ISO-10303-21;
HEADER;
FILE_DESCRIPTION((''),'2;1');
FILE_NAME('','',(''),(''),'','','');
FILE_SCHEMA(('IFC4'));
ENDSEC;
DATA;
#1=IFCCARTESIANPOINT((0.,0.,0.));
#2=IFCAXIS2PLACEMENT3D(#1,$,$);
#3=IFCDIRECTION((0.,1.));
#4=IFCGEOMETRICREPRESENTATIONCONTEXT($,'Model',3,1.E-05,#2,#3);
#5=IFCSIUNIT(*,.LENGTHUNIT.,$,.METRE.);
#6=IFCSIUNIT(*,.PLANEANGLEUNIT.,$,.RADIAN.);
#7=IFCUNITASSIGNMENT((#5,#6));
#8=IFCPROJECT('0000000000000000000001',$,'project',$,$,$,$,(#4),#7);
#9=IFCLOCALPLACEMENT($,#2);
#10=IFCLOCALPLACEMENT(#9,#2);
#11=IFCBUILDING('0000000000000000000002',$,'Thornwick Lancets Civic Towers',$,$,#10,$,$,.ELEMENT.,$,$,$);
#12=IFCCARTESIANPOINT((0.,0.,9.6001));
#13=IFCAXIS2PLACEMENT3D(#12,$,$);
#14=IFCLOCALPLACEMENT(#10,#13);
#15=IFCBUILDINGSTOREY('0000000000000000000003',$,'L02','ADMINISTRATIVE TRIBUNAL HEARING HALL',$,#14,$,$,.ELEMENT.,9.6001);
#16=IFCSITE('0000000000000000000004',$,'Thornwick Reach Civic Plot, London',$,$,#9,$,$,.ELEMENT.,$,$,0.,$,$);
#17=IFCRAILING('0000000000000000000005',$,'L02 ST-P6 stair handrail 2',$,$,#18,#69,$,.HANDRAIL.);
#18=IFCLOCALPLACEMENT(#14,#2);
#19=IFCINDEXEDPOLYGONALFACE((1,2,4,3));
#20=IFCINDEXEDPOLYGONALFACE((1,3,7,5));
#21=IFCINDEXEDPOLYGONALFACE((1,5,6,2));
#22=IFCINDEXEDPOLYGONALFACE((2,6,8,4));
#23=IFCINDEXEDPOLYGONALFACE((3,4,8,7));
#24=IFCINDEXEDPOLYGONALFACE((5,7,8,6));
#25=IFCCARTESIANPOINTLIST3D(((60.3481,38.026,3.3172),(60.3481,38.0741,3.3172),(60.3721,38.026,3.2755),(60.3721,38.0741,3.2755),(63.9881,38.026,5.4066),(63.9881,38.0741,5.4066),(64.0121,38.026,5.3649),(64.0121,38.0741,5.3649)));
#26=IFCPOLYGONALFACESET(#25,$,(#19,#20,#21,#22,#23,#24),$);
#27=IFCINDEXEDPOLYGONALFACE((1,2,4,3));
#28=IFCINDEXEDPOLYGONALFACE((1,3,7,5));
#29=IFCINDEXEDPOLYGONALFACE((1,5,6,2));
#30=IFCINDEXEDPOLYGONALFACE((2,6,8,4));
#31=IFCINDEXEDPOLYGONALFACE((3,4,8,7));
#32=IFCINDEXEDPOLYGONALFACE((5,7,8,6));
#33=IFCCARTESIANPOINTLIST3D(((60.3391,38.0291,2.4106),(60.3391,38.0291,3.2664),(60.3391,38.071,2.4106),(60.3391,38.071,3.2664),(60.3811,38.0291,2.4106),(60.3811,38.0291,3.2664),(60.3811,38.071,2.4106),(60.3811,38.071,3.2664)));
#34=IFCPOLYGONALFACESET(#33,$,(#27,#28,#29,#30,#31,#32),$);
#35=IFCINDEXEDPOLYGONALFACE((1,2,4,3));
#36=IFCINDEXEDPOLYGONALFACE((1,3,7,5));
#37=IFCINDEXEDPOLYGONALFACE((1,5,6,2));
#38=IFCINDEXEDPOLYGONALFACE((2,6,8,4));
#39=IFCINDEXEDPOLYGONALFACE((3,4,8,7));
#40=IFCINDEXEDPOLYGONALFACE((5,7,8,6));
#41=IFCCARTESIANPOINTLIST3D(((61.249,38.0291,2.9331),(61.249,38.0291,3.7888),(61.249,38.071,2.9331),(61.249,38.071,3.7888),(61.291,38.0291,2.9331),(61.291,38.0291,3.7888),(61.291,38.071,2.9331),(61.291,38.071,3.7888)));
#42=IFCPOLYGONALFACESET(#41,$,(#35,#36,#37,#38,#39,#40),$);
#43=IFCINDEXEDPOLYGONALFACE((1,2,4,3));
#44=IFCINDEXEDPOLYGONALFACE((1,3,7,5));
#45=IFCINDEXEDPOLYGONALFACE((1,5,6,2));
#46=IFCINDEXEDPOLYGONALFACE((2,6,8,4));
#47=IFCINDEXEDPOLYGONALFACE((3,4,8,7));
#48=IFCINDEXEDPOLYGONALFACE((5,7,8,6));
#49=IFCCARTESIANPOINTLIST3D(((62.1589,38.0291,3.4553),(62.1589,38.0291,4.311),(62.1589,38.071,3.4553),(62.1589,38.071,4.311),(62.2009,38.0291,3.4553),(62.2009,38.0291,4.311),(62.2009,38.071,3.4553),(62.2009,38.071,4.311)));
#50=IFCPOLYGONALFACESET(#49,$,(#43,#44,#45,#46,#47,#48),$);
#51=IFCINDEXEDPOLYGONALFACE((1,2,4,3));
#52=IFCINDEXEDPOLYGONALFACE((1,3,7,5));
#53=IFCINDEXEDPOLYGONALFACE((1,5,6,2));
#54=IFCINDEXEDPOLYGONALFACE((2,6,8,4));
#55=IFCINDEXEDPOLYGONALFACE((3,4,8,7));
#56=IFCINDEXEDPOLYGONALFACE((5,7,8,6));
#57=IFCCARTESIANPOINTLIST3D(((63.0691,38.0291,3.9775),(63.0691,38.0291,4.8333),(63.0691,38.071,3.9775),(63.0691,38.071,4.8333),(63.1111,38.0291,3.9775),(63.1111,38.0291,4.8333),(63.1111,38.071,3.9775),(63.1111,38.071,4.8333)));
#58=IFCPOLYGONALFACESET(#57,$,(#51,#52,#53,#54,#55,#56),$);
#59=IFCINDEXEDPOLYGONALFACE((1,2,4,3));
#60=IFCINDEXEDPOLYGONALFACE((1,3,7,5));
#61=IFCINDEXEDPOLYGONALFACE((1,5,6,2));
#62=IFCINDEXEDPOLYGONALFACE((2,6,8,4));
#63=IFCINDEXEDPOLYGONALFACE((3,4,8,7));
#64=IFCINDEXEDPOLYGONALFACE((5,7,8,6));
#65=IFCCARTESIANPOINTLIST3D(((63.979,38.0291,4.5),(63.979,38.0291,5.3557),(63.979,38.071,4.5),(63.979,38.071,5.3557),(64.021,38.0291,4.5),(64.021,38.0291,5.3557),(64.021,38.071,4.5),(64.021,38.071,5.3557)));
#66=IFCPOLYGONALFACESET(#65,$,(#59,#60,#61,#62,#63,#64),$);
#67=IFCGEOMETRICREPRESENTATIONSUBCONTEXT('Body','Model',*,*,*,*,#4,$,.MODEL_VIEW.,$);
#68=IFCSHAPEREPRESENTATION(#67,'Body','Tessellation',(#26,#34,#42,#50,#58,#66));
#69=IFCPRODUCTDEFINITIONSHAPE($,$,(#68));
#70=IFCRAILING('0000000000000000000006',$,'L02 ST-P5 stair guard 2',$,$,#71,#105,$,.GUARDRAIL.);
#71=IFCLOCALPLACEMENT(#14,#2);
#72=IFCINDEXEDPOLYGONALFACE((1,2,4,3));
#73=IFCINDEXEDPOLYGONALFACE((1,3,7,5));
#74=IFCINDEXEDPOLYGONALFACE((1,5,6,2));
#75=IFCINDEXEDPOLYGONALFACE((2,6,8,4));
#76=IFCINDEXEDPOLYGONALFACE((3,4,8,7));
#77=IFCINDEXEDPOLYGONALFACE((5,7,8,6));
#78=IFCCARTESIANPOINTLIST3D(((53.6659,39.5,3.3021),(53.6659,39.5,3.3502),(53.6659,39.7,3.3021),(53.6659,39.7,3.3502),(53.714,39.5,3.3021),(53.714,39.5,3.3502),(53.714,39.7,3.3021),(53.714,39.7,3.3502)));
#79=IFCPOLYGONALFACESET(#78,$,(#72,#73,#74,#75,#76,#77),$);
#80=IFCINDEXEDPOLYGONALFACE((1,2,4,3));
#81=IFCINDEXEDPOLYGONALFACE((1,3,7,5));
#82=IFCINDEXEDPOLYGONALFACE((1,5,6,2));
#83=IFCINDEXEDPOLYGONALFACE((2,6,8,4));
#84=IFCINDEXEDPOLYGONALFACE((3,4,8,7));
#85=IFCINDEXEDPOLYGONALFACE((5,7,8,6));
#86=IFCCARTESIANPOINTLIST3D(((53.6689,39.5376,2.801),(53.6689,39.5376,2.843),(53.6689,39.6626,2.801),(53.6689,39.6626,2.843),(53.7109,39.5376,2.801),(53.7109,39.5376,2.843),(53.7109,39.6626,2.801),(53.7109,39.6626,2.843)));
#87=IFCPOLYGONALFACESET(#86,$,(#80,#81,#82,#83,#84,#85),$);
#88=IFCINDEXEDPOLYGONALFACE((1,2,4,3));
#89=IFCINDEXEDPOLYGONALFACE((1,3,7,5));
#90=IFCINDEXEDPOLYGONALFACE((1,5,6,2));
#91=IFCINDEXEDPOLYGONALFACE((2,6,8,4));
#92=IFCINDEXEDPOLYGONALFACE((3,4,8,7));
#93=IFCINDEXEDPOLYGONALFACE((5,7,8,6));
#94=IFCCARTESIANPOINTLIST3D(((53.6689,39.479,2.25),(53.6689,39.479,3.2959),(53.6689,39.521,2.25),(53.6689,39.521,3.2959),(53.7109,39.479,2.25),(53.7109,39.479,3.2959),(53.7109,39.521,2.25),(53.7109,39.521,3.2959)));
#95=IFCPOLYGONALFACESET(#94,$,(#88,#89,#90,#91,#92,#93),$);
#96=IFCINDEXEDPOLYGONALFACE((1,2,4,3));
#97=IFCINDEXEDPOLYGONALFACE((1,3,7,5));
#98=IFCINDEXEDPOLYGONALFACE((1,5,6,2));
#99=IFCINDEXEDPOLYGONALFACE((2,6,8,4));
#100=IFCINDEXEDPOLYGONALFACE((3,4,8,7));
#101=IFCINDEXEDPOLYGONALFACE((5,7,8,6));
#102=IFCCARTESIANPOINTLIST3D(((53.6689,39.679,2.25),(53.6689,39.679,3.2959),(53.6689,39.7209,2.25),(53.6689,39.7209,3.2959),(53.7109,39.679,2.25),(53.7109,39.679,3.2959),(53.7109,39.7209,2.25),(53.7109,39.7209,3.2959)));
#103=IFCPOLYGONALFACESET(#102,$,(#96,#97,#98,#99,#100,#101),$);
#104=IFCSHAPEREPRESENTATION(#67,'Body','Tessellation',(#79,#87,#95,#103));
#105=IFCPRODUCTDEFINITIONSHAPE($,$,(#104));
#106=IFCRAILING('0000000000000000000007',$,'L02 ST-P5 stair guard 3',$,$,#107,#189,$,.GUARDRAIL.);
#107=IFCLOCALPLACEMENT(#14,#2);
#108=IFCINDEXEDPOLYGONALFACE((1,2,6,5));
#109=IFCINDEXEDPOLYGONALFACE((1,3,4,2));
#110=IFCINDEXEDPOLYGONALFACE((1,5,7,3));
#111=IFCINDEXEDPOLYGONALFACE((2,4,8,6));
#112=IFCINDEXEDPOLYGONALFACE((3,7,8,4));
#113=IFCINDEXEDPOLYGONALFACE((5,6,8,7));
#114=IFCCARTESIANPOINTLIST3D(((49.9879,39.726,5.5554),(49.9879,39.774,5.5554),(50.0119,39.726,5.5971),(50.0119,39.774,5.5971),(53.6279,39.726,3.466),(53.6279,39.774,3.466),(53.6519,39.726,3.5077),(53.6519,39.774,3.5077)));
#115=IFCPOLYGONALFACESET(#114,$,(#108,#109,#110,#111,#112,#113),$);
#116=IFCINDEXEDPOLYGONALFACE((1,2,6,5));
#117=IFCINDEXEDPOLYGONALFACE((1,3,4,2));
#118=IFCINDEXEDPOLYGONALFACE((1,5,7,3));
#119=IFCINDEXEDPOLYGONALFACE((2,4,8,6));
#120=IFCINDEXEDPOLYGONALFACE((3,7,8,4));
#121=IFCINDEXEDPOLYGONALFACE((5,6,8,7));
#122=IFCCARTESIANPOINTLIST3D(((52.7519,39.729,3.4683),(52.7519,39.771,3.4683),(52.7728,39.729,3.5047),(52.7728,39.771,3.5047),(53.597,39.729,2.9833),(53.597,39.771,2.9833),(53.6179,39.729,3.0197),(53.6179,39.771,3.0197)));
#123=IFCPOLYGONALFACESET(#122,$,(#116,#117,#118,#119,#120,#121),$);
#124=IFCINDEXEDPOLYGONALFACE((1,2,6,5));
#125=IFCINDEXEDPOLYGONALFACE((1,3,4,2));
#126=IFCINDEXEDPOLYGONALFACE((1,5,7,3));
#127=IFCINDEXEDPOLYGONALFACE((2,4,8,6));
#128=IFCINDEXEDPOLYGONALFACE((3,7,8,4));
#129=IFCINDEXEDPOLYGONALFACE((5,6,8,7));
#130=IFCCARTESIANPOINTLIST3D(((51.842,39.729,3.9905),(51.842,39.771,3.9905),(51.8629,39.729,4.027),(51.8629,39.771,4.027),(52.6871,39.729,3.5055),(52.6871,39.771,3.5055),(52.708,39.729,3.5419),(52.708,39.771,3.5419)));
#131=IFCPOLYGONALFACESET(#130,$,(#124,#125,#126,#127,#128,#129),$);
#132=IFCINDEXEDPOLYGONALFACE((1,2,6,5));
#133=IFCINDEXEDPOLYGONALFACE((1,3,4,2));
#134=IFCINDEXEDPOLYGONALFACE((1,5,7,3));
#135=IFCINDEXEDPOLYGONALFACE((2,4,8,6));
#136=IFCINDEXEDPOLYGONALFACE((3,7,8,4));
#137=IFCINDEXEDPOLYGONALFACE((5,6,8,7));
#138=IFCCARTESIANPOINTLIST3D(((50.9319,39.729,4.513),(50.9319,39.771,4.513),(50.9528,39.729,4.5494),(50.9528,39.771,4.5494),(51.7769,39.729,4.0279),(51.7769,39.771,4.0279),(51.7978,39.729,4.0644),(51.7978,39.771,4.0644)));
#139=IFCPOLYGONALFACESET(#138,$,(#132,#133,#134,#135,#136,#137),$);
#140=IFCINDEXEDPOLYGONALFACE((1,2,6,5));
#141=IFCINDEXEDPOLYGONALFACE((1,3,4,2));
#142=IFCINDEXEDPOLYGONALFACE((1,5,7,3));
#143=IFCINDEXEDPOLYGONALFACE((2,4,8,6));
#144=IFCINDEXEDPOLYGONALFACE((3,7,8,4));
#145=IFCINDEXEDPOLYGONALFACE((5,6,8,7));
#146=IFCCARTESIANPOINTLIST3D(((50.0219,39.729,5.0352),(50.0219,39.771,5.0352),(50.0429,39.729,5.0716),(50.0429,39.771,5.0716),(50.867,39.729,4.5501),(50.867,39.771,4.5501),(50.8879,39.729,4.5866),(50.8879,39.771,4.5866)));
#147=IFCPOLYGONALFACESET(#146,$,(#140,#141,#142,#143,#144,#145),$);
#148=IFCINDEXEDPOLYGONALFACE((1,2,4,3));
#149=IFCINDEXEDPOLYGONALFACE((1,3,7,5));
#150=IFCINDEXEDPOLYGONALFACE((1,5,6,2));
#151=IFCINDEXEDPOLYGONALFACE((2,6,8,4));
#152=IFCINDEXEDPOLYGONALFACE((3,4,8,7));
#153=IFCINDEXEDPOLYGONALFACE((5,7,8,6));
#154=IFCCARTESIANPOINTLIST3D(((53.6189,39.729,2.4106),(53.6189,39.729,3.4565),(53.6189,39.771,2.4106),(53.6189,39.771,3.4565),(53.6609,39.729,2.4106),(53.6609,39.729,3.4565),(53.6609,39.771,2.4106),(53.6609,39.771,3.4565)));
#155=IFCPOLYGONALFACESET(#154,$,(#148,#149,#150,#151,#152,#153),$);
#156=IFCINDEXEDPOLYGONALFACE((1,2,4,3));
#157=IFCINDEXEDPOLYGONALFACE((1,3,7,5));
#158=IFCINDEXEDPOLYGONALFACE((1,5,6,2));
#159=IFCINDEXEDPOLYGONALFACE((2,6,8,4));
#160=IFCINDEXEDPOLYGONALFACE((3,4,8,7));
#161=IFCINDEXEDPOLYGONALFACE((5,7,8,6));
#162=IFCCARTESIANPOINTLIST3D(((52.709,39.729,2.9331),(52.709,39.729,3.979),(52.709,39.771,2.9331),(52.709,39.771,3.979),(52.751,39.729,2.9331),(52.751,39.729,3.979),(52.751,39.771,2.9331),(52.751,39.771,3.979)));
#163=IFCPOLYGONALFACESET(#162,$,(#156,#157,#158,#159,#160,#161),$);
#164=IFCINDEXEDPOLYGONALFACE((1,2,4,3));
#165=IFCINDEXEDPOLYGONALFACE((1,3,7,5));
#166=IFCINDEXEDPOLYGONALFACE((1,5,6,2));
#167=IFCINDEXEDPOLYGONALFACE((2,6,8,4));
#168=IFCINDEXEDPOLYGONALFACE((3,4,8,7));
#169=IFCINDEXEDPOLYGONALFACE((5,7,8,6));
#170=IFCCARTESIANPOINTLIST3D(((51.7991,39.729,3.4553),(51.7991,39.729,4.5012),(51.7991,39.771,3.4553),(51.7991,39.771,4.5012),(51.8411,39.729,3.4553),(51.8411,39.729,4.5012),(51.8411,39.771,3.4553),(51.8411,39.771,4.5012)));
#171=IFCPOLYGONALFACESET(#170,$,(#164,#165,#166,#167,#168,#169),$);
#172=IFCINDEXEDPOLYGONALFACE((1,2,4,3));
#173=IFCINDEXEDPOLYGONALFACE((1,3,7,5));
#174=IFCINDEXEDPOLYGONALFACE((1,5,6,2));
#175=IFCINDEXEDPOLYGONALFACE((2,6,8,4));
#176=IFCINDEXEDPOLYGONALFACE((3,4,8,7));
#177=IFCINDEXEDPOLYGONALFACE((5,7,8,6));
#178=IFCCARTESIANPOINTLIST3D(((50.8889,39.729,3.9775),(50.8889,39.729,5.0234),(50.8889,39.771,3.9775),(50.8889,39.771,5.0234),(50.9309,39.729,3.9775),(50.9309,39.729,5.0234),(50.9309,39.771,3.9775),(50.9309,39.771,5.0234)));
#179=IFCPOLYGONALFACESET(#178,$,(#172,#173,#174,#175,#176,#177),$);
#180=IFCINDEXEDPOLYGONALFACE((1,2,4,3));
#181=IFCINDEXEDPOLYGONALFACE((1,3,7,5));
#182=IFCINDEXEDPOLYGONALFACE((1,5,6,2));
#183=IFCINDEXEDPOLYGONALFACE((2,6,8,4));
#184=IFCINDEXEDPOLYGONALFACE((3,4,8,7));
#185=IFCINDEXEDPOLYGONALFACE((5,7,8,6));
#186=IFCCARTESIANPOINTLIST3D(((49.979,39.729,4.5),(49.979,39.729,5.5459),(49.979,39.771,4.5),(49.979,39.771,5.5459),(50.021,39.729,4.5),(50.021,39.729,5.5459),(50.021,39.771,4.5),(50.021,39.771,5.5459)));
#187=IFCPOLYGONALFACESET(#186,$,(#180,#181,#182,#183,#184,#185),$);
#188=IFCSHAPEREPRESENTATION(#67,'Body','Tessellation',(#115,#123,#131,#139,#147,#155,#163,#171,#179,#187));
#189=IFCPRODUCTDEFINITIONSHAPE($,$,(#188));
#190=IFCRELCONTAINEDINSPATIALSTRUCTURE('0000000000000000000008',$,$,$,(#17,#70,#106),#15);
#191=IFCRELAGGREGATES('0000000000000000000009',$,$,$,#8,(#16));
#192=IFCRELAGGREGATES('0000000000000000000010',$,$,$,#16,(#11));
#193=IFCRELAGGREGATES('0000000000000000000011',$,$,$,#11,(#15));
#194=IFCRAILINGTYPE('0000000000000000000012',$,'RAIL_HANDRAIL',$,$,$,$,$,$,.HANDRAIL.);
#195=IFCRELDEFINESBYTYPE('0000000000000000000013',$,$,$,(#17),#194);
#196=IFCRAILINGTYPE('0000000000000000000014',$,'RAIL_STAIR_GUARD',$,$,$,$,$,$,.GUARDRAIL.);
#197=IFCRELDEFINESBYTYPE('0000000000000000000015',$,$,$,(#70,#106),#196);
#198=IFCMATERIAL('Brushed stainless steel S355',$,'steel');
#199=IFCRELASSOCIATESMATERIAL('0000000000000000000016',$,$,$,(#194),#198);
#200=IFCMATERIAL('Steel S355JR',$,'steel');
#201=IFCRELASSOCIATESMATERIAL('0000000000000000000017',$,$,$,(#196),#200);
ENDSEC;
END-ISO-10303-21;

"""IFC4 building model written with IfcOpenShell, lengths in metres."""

from ifc_helpers import new_model, si_unit, direction, frame, origin, origin_2d, place, context, subcontext, project, spatial, rectangle, extrude, material, type_object, element, save


model = new_model("IFC4")

# Units and contexts
model_context = context("Model", 3, precision=1e-05, world=origin(), true_north=direction((0.0, 1.0)))
body_context = subcontext(model_context, "Body", "Model", "MODEL_VIEW")
ifc_project = project(units=[si_unit("LENGTHUNIT", "METRE"), si_unit("PLANEANGLEUNIT", "RADIAN")], contexts=[model_context])

# Site, building, storey
site_placement = place(None, origin())
site = spatial("IfcSite", under=ifc_project, at=site_placement, Name="Thornwick Reach Civic Plot, London", CompositionType="ELEMENT", RefElevation=0.0)
building_placement = place(site_placement, origin())
building = spatial("IfcBuilding", under=site, at=building_placement, Name="Thornwick Lancets Civic Towers", CompositionType="ELEMENT")
storey_placement = place(building_placement, frame((0.0, 0.0, 9.6001)))
storey = spatial("IfcBuildingStorey", under=building, at=storey_placement, Name="L02", Description="ADMINISTRATIVE TRIBUNAL HEARING HALL", CompositionType="ELEMENT", Elevation=9.6001)

# Shared definitions
ifc_material_1 = material(Name="Steel S355JR", Category="steel")

# Railings
ifc_material_2 = material(Name="Brushed stainless steel S355", Category="steel")
railing_type_1 = type_object("IfcRailingType", Name="RAIL_HANDRAIL", PredefinedType="HANDRAIL", material=ifc_material_2)
railing_1_placement = place(storey_placement, frame((60.3601, 38.05, 2.4106)))
element("IfcRailing", 1, at=railing_1_placement, inside=storey, type_object=railing_type_1, Name="L02 ST-P6 stair handrail 2", PredefinedType="HANDRAIL", context=body_context, shape_type="SweptSolid", body=[
    extrude(rectangle(XDim=0.0481, YDim=0.0481, at=origin_2d()), frame((0.0, 0.0, 0.8857), z_axis=(0.867275, 0.0, 0.497829), x_axis=(0.0, 1.0, 0.0)), (0.0, 0.0, 1.0), 4.197),
    extrude(rectangle(XDim=0.042, YDim=0.042, at=origin_2d()), origin(), (0.0, 0.0, 1.0), 0.8557),
    extrude(rectangle(XDim=0.042, YDim=0.042, at=origin_2d()), frame((0.9099, 0.0, 0.5225)), (0.0, 0.0, 1.0), 0.8557),
    extrude(rectangle(XDim=0.042, YDim=0.042, at=origin_2d()), frame((1.8198, 0.0, 1.0447)), (0.0, 0.0, 1.0), 0.8557),
    extrude(rectangle(XDim=0.042, YDim=0.042, at=origin_2d()), frame((2.73, 0.0, 1.5669)), (0.0, 0.0, 1.0), 0.8557),
    extrude(rectangle(XDim=0.042, YDim=0.042, at=origin_2d()), frame((3.6399, 0.0, 2.0894)), (0.0, 0.0, 1.0), 0.8557),
])
railing_type_2 = type_object("IfcRailingType", Name="RAIL_STAIR_GUARD", PredefinedType="GUARDRAIL", material=ifc_material_1)
railing_2_placement = place(storey_placement, frame((53.6899, 39.5, 2.25)))
element("IfcRailing", 2, at=railing_2_placement, inside=storey, type_object=railing_type_2, Name="L02 ST-P5 stair guard 2", PredefinedType="GUARDRAIL", context=body_context, shape_type="SweptSolid", body=[
    extrude(rectangle(XDim=0.0481, YDim=0.0481, at=origin_2d()), frame((0.0, 0.0, 1.0762), z_axis=(0.0, 1.0, 0.0), x_axis=(-1.0, 0.0, 0.0)), (0.0, 0.0, 1.0), 0.2),
    extrude(rectangle(XDim=0.042, YDim=0.042, at=origin_2d()), frame((0.0, 0.0376, 0.572), z_axis=(0.0, 1.0, 0.0), x_axis=(-1.0, 0.0, 0.0)), (0.0, 0.0, 1.0), 0.125),
    extrude(rectangle(XDim=0.042, YDim=0.042, at=origin_2d()), origin(), (0.0, 0.0, 1.0), 1.0459),
    extrude(rectangle(XDim=0.042, YDim=0.042, at=origin_2d()), frame((0.0, 0.2, 0.0)), (0.0, 0.0, 1.0), 1.0459),
])
railing_3_placement = place(storey_placement, frame((53.6399, 39.75, 2.4106)))
element("IfcRailing", 3, at=railing_3_placement, inside=storey, type_object=railing_type_2, Name="L02 ST-P5 stair guard 3", PredefinedType="GUARDRAIL", context=body_context, shape_type="SweptSolid", body=[
    extrude(rectangle(XDim=0.0481, YDim=0.0481, at=origin_2d()), frame((0.0, 0.0, 1.0762), z_axis=(-0.867275, 0.0, 0.497829), x_axis=(0.0, -1.0, 0.0)), (0.0, 0.0, 1.0), 4.197),
    extrude(rectangle(XDim=0.042, YDim=0.042, at=origin_2d()), frame((-0.0325, 0.0, 0.5908), z_axis=(-0.867275, 0.0, 0.497829), x_axis=(0.0, -1.0, 0.0)), (0.0, 0.0, 1.0), 0.9744),
    extrude(rectangle(XDim=0.042, YDim=0.042, at=origin_2d()), frame((-0.9424, 0.0, 1.113), z_axis=(-0.867275, 0.0, 0.497829), x_axis=(0.0, -1.0, 0.0)), (0.0, 0.0, 1.0), 0.9744),
    extrude(rectangle(XDim=0.042, YDim=0.042, at=origin_2d()), frame((-1.8525, 0.0, 1.6355), z_axis=(-0.867275, 0.0, 0.497829), x_axis=(0.0, -1.0, 0.0)), (0.0, 0.0, 1.0), 0.9744),
    extrude(rectangle(XDim=0.042, YDim=0.042, at=origin_2d()), frame((-2.7625, 0.0, 2.1577), z_axis=(-0.867275, 0.0, 0.497829), x_axis=(0.0, -1.0, 0.0)), (0.0, 0.0, 1.0), 0.9744),
    extrude(rectangle(XDim=0.042, YDim=0.042, at=origin_2d()), origin(), (0.0, 0.0, 1.0), 1.0459),
    extrude(rectangle(XDim=0.042, YDim=0.042, at=origin_2d()), frame((-0.9099, 0.0, 0.5225)), (0.0, 0.0, 1.0), 1.0459),
    extrude(rectangle(XDim=0.042, YDim=0.042, at=origin_2d()), frame((-1.8198, 0.0, 1.0447)), (0.0, 0.0, 1.0), 1.0459),
    extrude(rectangle(XDim=0.042, YDim=0.042, at=origin_2d()), frame((-2.73, 0.0, 1.5669)), (0.0, 0.0, 1.0), 1.0459),
    extrude(rectangle(XDim=0.042, YDim=0.042, at=origin_2d()), frame((-3.6399, 0.0, 2.0894)), (0.0, 0.0, 1.0), 1.0459),
])

save(model, "model.ifc")
